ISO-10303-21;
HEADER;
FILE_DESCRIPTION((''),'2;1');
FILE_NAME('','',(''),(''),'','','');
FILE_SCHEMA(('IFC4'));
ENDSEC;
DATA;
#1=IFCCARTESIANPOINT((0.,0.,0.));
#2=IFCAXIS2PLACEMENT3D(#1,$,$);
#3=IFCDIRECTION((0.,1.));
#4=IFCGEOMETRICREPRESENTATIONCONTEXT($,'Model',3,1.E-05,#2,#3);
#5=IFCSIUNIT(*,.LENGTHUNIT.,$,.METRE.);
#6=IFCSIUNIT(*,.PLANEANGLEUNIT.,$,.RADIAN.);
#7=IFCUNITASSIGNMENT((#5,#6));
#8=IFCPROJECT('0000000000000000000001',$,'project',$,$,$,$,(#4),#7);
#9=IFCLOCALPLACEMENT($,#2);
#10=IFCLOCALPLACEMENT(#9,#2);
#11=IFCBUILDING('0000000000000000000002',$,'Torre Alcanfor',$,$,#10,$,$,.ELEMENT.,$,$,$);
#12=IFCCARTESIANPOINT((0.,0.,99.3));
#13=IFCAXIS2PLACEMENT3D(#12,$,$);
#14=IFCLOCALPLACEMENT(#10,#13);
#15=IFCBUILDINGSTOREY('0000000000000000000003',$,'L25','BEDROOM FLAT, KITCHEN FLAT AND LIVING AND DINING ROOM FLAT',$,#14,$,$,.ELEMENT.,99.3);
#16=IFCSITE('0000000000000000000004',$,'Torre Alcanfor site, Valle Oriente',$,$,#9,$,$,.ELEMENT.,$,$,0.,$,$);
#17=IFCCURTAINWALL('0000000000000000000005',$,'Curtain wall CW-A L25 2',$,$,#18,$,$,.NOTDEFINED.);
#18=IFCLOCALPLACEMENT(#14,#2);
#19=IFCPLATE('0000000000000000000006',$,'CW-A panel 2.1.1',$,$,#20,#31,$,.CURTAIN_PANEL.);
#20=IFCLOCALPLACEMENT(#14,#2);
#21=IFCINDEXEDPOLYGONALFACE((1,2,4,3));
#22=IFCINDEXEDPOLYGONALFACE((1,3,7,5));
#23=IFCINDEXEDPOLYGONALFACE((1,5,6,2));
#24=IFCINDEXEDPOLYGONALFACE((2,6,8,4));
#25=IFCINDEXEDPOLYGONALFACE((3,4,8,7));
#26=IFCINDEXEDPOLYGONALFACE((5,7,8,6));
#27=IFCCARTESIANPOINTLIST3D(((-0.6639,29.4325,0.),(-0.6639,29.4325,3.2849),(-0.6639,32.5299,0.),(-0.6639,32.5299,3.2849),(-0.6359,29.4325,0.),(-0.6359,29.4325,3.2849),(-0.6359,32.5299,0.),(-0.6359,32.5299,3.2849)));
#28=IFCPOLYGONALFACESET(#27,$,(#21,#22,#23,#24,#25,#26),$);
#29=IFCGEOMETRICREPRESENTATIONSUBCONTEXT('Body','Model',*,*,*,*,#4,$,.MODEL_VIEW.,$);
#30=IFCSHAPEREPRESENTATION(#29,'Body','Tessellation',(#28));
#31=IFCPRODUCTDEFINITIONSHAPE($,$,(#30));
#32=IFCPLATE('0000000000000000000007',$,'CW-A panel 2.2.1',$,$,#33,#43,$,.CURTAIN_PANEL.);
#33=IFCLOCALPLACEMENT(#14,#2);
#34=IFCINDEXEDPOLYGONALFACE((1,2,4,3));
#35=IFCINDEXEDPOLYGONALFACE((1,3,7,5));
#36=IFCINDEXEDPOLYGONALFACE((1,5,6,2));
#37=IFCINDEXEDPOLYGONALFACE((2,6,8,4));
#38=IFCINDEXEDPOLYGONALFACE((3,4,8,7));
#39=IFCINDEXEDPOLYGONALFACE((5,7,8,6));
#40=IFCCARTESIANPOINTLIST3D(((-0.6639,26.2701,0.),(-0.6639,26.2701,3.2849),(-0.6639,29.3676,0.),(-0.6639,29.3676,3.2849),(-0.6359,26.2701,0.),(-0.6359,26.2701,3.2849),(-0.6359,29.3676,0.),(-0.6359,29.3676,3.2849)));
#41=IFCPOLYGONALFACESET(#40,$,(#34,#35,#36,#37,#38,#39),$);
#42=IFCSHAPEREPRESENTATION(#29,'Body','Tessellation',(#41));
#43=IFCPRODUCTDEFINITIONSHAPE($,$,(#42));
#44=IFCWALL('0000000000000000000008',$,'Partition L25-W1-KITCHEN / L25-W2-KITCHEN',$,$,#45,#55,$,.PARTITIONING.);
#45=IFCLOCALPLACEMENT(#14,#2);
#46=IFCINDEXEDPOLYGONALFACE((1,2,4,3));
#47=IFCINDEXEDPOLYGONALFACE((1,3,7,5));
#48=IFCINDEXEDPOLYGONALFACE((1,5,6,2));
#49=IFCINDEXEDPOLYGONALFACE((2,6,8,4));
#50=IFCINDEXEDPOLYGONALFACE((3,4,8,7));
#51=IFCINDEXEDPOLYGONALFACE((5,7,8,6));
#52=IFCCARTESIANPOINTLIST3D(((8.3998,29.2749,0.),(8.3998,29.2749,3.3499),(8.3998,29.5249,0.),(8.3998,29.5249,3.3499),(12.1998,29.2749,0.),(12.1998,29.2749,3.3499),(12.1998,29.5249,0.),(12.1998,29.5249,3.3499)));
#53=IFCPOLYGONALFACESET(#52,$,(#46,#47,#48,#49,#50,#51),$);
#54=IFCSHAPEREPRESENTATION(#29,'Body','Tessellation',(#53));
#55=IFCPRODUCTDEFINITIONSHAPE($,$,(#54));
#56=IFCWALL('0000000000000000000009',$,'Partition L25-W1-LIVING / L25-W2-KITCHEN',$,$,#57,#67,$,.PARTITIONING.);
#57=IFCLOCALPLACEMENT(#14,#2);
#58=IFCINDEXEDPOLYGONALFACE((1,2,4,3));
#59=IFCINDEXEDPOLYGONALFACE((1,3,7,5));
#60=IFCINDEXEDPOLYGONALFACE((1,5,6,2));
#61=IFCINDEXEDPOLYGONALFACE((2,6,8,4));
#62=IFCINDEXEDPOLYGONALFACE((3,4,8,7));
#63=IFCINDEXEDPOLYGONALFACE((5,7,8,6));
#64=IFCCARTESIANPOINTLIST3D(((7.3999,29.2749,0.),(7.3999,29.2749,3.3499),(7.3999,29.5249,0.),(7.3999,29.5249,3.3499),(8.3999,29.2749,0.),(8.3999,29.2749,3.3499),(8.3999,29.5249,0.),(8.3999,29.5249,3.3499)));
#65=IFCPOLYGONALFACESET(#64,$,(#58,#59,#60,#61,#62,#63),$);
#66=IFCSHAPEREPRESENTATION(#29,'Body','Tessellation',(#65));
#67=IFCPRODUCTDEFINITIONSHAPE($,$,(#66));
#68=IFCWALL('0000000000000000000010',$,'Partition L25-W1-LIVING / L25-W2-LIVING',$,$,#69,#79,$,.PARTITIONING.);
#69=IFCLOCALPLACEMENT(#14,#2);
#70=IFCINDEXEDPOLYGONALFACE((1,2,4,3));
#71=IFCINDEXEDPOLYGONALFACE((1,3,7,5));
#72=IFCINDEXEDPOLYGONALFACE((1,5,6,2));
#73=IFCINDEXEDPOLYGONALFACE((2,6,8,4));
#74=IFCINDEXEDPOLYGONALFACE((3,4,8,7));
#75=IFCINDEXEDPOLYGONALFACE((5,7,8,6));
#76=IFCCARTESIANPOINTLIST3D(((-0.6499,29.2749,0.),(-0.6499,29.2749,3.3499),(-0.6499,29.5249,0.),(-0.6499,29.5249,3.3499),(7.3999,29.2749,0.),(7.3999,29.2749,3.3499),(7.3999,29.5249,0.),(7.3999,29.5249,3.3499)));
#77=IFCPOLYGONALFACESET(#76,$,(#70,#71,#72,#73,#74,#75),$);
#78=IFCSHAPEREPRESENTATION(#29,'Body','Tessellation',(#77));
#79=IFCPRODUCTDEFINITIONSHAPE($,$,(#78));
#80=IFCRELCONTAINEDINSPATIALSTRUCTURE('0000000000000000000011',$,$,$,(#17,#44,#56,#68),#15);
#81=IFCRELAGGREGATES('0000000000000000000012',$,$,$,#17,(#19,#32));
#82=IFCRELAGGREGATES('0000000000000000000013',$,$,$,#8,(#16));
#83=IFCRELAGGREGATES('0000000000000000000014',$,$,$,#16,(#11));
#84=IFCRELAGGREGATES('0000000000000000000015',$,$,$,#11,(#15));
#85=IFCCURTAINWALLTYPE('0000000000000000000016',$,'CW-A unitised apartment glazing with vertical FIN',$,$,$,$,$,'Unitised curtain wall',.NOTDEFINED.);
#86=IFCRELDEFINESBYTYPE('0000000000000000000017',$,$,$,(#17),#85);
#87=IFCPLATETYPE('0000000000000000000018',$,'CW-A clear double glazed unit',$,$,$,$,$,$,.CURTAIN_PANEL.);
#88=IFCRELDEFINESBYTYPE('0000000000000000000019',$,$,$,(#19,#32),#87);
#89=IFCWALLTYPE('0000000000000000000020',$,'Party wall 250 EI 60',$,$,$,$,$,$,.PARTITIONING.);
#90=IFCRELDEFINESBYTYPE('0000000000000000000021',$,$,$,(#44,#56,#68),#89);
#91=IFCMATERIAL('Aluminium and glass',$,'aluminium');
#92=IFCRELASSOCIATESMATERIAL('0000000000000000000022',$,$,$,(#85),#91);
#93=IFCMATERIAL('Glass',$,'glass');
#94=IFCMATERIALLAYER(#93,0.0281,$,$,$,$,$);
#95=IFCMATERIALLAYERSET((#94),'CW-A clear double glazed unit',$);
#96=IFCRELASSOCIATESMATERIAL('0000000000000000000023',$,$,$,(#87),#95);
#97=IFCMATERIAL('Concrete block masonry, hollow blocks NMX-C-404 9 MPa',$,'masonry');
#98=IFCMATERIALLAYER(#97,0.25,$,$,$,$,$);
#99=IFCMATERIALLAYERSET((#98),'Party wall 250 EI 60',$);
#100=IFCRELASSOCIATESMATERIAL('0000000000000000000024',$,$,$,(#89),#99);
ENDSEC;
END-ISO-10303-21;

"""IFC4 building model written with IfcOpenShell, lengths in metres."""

from ifc_helpers import new_model, si_unit, direction, frame, frame_2d, origin, origin_2d, place, context, subcontext, project, spatial, rectangle, extrude, material, layer, layer_set, type_object, element, aggregate, save


model = new_model("IFC4")

# Units and contexts
model_context = context("Model", 3, precision=1e-05, world=origin(), true_north=direction((0.0, 1.0)))
body_context = subcontext(model_context, "Body", "Model", "MODEL_VIEW")
ifc_project = project(units=[si_unit("LENGTHUNIT", "METRE"), si_unit("PLANEANGLEUNIT", "RADIAN")], contexts=[model_context])

# Site, building, storey
site_placement = place(None, origin())
site = spatial("IfcSite", under=ifc_project, at=site_placement, Name="Torre Alcanfor site, Valle Oriente", CompositionType="ELEMENT", RefElevation=0.0)
building_placement = place(site_placement, origin())
building = spatial("IfcBuilding", under=site, at=building_placement, Name="Torre Alcanfor", CompositionType="ELEMENT")
storey_placement = place(building_placement, frame((0.0, 0.0, 99.3)))
storey = spatial("IfcBuildingStorey", under=building, at=storey_placement, Name="L25", Description="BEDROOM FLAT, KITCHEN FLAT AND LIVING AND DINING ROOM FLAT", CompositionType="ELEMENT", Elevation=99.3)

# Curtain wall
ifc_material_1 = material(Name="Aluminium and glass", Category="aluminium")
curtain_wall_type = type_object("IfcCurtainWallType", Name="CW-A unitised apartment glazing with vertical FIN", ElementType="Unitised curtain wall", PredefinedType="NOTDEFINED", material=ifc_material_1)
curtain_wall_placement = place(storey_placement, origin())
curtain_wall = element("IfcCurtainWall", 1, at=curtain_wall_placement, inside=storey, type_object=curtain_wall_type, Name="Curtain wall CW-A L25 2", PredefinedType="NOTDEFINED")

# Plates
ifc_material_2 = material(Name="Glass", Category="glass")
ifc_layer_1 = layer(ifc_material_2, 0.0281)
ifc_layer_set_1 = layer_set([ifc_layer_1], Name="CW-A clear double glazed unit")
plate_type = type_object("IfcPlateType", Name="CW-A clear double glazed unit", PredefinedType="CURTAIN_PANEL", material=ifc_layer_set_1)
plate_1_placement = place(storey_placement, frame((-0.6499, 30.9812, 0.0), z_axis=(0.0, 0.0, 1.0), x_axis=(0.0, -1.0, 0.0)))
plate_1 = element("IfcPlate", 2, at=plate_1_placement, type_object=plate_type, Name="CW-A panel 2.1.1", PredefinedType="CURTAIN_PANEL", context=body_context, shape_type="SweptSolid", body=[
    extrude(rectangle(XDim=3.0974, YDim=0.0281, at=origin_2d()), origin(), (0.0, 0.0, 1.0), 3.2849),
])
plate_2_placement = place(storey_placement, frame((-0.6499, 27.8188, 0.0), z_axis=(0.0, 0.0, 1.0), x_axis=(0.0, -1.0, 0.0)))
plate_2 = element("IfcPlate", 3, at=plate_2_placement, type_object=plate_type, Name="CW-A panel 2.2.1", PredefinedType="CURTAIN_PANEL", context=body_context, shape_type="SweptSolid", body=[
    extrude(rectangle(XDim=3.0974, YDim=0.0281, at=origin_2d()), origin(), (0.0, 0.0, 1.0), 3.2849),
])
aggregate(curtain_wall, [plate_1, plate_2])

# Walls
ifc_material_3 = material(Name="Concrete block masonry, hollow blocks NMX-C-404 9 MPa", Category="masonry")
ifc_layer_2 = layer(ifc_material_3, 0.25)
ifc_layer_set_2 = layer_set([ifc_layer_2], Name="Party wall 250 EI 60")
wall_type = type_object("IfcWallType", Name="Party wall 250 EI 60", PredefinedType="PARTITIONING", material=ifc_layer_set_2)
wall_1_placement = place(storey_placement, frame((8.3999, 29.3999, 0.0), z_axis=(0.0, 0.0, 1.0), x_axis=(1.0, 0.0, 0.0)))
element("IfcWall", 4, at=wall_1_placement, inside=storey, type_object=wall_type, Name="Partition L25-W1-KITCHEN / L25-W2-KITCHEN", PredefinedType="PARTITIONING", context=body_context, shape_type="SweptSolid", body=[
    extrude(rectangle(XDim=3.8, YDim=0.25, at=frame_2d((1.8999, 0.0))), origin(), (0.0, 0.0, 1.0), 3.3499),
])
wall_2_placement = place(storey_placement, frame((7.3999, 29.3999, 0.0), z_axis=(0.0, 0.0, 1.0), x_axis=(1.0, 0.0, 0.0)))
element("IfcWall", 5, at=wall_2_placement, inside=storey, type_object=wall_type, Name="Partition L25-W1-LIVING / L25-W2-KITCHEN", PredefinedType="PARTITIONING", context=body_context, shape_type="SweptSolid", body=[
    extrude(rectangle(XDim=1.0, YDim=0.25, at=frame_2d((0.5, 0.0))), origin(), (0.0, 0.0, 1.0), 3.3499),
])
wall_3_placement = place(storey_placement, frame((-0.6499, 29.3999, 0.0), z_axis=(0.0, 0.0, 1.0), x_axis=(1.0, 0.0, 0.0)))
element("IfcWall", 6, at=wall_3_placement, inside=storey, type_object=wall_type, Name="Partition L25-W1-LIVING / L25-W2-LIVING", PredefinedType="PARTITIONING", context=body_context, shape_type="SweptSolid", body=[
    extrude(rectangle(XDim=8.0498, YDim=0.25, at=frame_2d((4.0249, 0.0))), origin(), (0.0, 0.0, 1.0), 3.3499),
])

save(model, "model.ifc")
